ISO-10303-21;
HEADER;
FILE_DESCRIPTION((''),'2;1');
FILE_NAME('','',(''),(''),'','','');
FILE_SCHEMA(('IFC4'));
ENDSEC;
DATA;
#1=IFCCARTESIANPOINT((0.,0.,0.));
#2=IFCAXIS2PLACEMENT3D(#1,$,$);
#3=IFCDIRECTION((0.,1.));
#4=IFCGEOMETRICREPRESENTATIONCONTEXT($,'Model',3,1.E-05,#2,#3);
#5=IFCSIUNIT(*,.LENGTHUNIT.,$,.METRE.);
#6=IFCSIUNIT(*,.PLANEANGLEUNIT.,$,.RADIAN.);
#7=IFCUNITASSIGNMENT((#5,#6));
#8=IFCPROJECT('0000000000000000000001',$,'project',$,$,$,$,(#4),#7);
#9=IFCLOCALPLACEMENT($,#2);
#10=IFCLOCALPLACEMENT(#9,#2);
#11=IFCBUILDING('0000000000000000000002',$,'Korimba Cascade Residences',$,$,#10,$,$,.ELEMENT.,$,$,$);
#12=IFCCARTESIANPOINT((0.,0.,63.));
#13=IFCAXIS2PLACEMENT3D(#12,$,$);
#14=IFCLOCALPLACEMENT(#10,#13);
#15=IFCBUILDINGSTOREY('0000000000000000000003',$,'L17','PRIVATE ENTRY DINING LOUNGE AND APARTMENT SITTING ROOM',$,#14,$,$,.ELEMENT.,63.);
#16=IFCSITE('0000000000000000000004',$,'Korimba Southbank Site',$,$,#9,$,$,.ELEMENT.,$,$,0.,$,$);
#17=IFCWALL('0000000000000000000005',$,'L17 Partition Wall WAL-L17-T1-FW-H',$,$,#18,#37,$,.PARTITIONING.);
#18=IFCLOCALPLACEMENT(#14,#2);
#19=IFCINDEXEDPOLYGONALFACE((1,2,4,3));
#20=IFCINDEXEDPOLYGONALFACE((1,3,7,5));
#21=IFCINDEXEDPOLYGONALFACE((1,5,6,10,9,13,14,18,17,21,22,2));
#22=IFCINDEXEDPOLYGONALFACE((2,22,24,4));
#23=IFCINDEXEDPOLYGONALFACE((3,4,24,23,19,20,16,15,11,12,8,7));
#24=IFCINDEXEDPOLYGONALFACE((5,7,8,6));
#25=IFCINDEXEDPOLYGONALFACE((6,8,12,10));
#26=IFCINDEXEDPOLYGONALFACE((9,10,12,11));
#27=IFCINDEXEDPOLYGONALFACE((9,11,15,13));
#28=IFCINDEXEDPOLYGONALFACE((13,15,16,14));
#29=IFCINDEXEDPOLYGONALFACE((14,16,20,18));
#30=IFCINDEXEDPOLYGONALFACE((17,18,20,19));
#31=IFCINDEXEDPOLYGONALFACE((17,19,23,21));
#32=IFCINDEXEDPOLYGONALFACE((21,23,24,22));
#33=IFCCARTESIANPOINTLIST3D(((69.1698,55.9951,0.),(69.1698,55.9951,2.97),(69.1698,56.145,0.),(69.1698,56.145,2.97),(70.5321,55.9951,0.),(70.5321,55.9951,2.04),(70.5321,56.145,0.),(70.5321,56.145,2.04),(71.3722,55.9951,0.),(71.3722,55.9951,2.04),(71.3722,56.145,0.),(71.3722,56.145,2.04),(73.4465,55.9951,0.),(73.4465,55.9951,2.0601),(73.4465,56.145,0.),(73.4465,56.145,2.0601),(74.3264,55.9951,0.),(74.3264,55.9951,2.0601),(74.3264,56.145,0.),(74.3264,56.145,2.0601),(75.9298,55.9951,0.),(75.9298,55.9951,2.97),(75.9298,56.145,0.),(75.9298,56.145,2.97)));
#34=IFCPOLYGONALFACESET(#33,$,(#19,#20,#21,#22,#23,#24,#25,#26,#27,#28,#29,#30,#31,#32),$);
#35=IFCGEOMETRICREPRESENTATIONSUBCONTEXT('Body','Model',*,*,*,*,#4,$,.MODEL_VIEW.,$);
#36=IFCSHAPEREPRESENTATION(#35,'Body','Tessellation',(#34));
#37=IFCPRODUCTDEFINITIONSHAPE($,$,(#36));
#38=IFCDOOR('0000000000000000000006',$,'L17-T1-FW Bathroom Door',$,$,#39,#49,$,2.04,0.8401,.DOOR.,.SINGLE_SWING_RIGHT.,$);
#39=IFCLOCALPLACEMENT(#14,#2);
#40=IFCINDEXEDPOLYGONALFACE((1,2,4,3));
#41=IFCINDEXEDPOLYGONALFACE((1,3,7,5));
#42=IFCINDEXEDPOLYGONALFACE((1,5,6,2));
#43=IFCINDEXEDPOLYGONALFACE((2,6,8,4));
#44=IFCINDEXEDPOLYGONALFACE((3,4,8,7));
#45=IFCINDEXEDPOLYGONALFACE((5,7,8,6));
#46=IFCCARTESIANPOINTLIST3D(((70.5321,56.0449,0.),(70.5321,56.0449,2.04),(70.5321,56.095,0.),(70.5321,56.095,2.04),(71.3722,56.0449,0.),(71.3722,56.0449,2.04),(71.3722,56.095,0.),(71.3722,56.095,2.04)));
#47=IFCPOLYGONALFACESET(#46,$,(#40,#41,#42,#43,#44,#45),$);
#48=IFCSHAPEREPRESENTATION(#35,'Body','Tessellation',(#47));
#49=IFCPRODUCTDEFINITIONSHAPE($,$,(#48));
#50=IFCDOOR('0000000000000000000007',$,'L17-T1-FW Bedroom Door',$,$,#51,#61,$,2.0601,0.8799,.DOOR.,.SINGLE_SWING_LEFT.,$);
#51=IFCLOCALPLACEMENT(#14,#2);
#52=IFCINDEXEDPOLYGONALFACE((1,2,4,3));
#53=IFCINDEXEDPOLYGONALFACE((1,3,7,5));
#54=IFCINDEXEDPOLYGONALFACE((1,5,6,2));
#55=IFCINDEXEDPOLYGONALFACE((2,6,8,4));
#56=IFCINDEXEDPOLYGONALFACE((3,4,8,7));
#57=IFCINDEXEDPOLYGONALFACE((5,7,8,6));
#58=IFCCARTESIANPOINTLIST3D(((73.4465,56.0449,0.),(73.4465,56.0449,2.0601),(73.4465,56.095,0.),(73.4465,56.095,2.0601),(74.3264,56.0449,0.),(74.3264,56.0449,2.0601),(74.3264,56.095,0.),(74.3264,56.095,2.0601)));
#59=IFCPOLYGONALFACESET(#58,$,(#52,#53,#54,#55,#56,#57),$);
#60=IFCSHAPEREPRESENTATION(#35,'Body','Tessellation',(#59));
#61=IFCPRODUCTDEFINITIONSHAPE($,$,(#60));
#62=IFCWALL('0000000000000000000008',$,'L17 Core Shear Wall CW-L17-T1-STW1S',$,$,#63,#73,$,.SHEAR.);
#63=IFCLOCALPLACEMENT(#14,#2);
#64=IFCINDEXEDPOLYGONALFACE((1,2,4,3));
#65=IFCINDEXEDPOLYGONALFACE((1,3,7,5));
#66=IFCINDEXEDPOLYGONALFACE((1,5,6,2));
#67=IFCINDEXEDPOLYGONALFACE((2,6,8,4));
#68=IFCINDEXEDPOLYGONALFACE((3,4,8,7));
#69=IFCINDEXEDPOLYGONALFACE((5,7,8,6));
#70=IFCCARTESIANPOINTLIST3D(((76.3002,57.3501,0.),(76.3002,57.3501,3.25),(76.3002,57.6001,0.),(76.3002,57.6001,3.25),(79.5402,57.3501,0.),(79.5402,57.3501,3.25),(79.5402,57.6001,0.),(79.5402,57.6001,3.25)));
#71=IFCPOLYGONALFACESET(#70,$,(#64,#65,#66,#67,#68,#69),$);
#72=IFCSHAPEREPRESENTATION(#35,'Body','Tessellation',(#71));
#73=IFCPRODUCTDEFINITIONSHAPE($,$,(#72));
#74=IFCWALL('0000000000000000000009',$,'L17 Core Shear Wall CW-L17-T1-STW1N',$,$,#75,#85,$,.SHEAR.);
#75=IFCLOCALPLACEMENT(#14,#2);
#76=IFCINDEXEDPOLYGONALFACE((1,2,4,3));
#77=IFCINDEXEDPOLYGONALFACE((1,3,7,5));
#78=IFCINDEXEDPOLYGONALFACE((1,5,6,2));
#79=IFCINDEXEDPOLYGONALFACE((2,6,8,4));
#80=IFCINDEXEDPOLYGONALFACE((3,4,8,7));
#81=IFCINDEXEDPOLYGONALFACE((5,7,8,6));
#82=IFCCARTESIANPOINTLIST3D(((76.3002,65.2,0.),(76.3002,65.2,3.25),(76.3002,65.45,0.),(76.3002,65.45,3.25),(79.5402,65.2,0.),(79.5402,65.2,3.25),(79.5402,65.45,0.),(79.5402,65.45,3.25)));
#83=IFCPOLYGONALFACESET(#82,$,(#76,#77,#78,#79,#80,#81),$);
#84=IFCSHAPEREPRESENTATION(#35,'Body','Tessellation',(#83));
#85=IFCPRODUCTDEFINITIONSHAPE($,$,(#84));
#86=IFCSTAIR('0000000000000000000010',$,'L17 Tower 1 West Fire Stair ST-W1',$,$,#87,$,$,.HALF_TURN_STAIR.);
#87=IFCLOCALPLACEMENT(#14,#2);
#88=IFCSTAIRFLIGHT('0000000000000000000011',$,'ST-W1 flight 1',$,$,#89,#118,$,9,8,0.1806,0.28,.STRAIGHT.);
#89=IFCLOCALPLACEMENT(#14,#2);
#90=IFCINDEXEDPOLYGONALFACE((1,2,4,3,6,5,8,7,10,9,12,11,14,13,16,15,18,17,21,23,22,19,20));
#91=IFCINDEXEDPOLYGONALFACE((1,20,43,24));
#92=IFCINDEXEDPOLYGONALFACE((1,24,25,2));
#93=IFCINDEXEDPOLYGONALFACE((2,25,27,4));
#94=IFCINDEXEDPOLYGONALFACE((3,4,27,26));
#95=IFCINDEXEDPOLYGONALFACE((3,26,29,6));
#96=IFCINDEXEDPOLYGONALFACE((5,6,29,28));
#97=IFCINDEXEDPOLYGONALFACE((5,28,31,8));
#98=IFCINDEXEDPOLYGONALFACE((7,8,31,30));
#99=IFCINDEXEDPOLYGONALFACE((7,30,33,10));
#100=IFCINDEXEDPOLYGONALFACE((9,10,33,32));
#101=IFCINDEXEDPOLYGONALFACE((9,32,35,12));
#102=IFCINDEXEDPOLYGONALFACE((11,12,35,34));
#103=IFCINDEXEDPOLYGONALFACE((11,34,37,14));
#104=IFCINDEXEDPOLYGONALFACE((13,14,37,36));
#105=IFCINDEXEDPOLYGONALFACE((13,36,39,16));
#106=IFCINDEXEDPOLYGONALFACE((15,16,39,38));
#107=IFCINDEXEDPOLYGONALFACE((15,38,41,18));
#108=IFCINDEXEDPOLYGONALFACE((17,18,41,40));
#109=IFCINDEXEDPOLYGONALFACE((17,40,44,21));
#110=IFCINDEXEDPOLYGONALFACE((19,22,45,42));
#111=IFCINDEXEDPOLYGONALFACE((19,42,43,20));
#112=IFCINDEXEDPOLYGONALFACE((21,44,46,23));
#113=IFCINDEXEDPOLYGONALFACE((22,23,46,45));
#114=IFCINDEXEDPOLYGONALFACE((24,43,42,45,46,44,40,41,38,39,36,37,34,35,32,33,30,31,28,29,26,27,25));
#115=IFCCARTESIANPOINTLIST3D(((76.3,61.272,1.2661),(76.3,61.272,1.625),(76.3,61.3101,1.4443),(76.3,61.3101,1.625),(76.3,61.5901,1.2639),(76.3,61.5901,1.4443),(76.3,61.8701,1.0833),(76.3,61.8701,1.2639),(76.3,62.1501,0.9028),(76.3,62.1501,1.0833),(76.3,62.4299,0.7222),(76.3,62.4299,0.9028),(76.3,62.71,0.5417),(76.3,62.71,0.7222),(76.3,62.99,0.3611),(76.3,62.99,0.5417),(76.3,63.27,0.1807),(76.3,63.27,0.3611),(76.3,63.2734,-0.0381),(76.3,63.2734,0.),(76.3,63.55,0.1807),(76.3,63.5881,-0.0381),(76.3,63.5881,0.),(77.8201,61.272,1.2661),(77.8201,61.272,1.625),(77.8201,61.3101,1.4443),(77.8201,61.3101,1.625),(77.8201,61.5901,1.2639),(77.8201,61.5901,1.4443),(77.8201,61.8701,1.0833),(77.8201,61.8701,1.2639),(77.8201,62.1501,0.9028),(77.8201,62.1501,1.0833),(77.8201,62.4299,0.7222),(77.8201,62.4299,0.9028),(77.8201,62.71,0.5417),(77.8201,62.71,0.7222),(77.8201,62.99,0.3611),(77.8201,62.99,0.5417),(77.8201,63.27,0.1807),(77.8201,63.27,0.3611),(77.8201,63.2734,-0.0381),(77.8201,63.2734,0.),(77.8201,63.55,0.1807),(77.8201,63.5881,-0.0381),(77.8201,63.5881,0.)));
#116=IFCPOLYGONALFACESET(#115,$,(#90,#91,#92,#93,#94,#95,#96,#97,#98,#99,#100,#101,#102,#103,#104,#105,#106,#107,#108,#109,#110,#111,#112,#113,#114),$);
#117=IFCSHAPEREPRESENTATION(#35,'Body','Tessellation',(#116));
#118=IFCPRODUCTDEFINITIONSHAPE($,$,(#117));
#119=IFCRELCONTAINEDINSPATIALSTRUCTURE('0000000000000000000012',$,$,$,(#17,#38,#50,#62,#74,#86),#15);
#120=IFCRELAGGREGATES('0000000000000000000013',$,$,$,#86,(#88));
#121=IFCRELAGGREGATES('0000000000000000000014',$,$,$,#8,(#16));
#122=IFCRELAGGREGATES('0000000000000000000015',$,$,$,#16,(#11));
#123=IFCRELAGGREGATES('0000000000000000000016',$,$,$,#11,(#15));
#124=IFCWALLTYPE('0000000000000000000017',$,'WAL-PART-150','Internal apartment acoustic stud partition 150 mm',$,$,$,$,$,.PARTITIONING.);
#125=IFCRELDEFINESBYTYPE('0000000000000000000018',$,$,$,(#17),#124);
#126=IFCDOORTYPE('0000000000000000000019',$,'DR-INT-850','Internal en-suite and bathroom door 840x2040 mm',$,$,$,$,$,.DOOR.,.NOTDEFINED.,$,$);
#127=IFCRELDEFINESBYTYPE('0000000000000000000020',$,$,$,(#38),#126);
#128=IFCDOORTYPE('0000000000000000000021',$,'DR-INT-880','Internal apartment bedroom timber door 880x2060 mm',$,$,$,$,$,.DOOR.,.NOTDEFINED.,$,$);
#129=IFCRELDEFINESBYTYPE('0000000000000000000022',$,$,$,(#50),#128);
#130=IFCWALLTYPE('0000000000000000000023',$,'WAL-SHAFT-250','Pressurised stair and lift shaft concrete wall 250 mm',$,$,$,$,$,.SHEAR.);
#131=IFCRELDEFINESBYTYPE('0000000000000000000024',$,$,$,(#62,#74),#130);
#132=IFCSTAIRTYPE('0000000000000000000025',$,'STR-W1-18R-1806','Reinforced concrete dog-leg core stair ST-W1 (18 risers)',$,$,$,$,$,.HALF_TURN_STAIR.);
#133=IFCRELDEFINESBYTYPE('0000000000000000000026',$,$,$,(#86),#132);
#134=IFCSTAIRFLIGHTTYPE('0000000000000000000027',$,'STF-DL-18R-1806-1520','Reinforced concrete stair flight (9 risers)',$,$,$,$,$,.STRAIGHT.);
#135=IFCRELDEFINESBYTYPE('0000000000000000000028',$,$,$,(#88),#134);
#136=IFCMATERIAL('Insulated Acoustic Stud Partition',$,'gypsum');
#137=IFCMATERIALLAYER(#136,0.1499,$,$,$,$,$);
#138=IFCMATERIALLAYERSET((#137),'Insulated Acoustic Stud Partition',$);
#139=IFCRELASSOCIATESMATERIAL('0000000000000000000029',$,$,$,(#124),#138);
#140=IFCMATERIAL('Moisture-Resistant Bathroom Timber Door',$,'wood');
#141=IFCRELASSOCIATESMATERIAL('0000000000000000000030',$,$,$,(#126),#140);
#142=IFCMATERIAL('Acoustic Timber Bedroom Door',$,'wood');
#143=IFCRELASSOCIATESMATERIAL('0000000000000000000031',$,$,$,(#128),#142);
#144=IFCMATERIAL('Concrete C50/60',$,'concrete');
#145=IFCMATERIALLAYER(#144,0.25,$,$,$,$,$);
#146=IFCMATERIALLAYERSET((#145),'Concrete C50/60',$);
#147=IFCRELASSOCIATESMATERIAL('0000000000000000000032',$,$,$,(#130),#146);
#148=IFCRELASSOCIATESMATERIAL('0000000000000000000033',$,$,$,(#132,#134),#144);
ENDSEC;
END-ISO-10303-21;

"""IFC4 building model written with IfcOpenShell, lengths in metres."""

from ifc_helpers import new_model, si_unit, direction, frame, frame_2d, origin, place, context, subcontext, project, spatial, polyline, rectangle, outline, extrude, material, layer, layer_set, type_object, element, fill, aggregate, save


model = new_model("IFC4")

# Units and contexts
model_context = context("Model", 3, precision=1e-05, world=origin(), true_north=direction((0.0, 1.0)))
body_context = subcontext(model_context, "Body", "Model", "MODEL_VIEW")
ifc_project = project(units=[si_unit("LENGTHUNIT", "METRE"), si_unit("PLANEANGLEUNIT", "RADIAN")], contexts=[model_context])

# Site, building, storey
site_placement = place(None, origin())
site = spatial("IfcSite", under=ifc_project, at=site_placement, Name="Korimba Southbank Site", CompositionType="ELEMENT", RefElevation=0.0)
building_placement = place(site_placement, origin())
building = spatial("IfcBuilding", under=site, at=building_placement, Name="Korimba Cascade Residences", CompositionType="ELEMENT")
storey_placement = place(building_placement, frame((0.0, 0.0, 63.0)))
storey = spatial("IfcBuildingStorey", under=building, at=storey_placement, Name="L17", Description="PRIVATE ENTRY DINING LOUNGE AND APARTMENT SITTING ROOM", CompositionType="ELEMENT", Elevation=63.0)

# Shared definitions
ifc_material_1 = material(Name="Concrete C50/60", Category="concrete")

# Shared definitions
ifc_material_2 = material(Name="Insulated Acoustic Stud Partition", Category="gypsum")
ifc_layer_1 = layer(ifc_material_2, 0.1499)
ifc_layer_set_1 = layer_set([ifc_layer_1], Name="Insulated Acoustic Stud Partition")
wall_type_1 = type_object("IfcWallType", Name="WAL-PART-150", Description="Internal apartment acoustic stud partition 150 mm", PredefinedType="PARTITIONING", material=ifc_layer_set_1)

# Wall, openings, doors
wall_1_placement = place(storey_placement, frame((69.1699, 56.0701, 0.0), z_axis=(0.0, 0.0, 1.0), x_axis=(1.0, 0.0, 0.0)))
wall_1 = element("IfcWall", 1, at=wall_1_placement, inside=storey, type_object=wall_type_1, Name="L17 Partition Wall WAL-L17-T1-FW-H", PredefinedType="PARTITIONING", context=body_context, shape_type="SweptSolid", body=[
    extrude(rectangle(XDim=6.76, YDim=0.1499, at=frame_2d((3.3799, 0.0))), origin(), (0.0, 0.0, 1.0), 2.97),
])
opening_1_placement = place(wall_1_placement, frame((1.3623, 0.0, 0.0)))
opening_1 = element("IfcOpeningElement", 2, at=opening_1_placement, cuts=wall_1, PredefinedType="OPENING", context=body_context, shape_type="SweptSolid", body=[
    extrude(rectangle(XDim=0.8401, YDim=2.04, at=frame_2d((0.4199, 1.02))), frame((0.0, 0.085, 0.0), z_axis=(0.0, -1.0, 0.0), x_axis=(1.0, 0.0, 0.0)), (0.0, 0.0, 1.0), 0.1699),
])
opening_2_placement = place(wall_1_placement, frame((4.2766, 0.0, 0.0)))
opening_2 = element("IfcOpeningElement", 3, at=opening_2_placement, cuts=wall_1, PredefinedType="OPENING", context=body_context, shape_type="SweptSolid", body=[
    extrude(rectangle(XDim=0.8799, YDim=2.0601, at=frame_2d((0.4399, 1.03))), frame((0.0, 0.085, 0.0), z_axis=(0.0, -1.0, 0.0), x_axis=(1.0, 0.0, 0.0)), (0.0, 0.0, 1.0), 0.1699),
])
ifc_material_3 = material(Name="Moisture-Resistant Bathroom Timber Door", Category="wood")
door_type_1 = type_object("IfcDoorType", Name="DR-INT-850", Description="Internal en-suite and bathroom door 840x2040 mm", OperationType="NOTDEFINED", PredefinedType="DOOR", material=ifc_material_3)
door_1_placement = place(opening_1_placement, origin())
door_1 = element("IfcDoor", 4, at=door_1_placement, inside=storey, type_object=door_type_1, Name="L17-T1-FW Bathroom Door", OperationType="SINGLE_SWING_RIGHT", OverallHeight=2.04, OverallWidth=0.8401, PredefinedType="DOOR", context=body_context, shape_type="SweptSolid", body=[
    extrude(rectangle(XDim=0.8401, YDim=2.04, at=frame_2d((0.4199, 1.02))), frame((0.0, 0.0249, 0.0), z_axis=(0.0, -1.0, 0.0), x_axis=(1.0, 0.0, 0.0)), (0.0, 0.0, 1.0), 0.05),
])
fill(opening_1, door_1)
ifc_material_4 = material(Name="Acoustic Timber Bedroom Door", Category="wood")
door_type_2 = type_object("IfcDoorType", Name="DR-INT-880", Description="Internal apartment bedroom timber door 880x2060 mm", OperationType="NOTDEFINED", PredefinedType="DOOR", material=ifc_material_4)
door_2_placement = place(opening_2_placement, origin())
door_2 = element("IfcDoor", 5, at=door_2_placement, inside=storey, type_object=door_type_2, Name="L17-T1-FW Bedroom Door", OperationType="SINGLE_SWING_LEFT", OverallHeight=2.0601, OverallWidth=0.8799, PredefinedType="DOOR", context=body_context, shape_type="SweptSolid", body=[
    extrude(rectangle(XDim=0.8799, YDim=2.0601, at=frame_2d((0.4399, 1.03))), frame((0.0, 0.0249, 0.0), z_axis=(0.0, -1.0, 0.0), x_axis=(1.0, 0.0, 0.0)), (0.0, 0.0, 1.0), 0.05),
])
fill(opening_2, door_2)

# Walls
ifc_layer_2 = layer(ifc_material_1, 0.25)
ifc_layer_set_2 = layer_set([ifc_layer_2], Name="Concrete C50/60")
wall_type_2 = type_object("IfcWallType", Name="WAL-SHAFT-250", Description="Pressurised stair and lift shaft concrete wall 250 mm", PredefinedType="SHEAR", material=ifc_layer_set_2)
for number, where, z_axis, x_axis, name in (
    (6, (76.3, 57.4751, 0.0), (0.0, 0.0, 1.0), (1.0, 0.0, 0.0), "L17 Core Shear Wall CW-L17-T1-STW1S"),
    (7, (76.3, 65.325, 0.0), (0.0, 0.0, 1.0), (1.0, 0.0, 0.0), "L17 Core Shear Wall CW-L17-T1-STW1N"),
):
    element("IfcWall", number, at=place(storey_placement, frame(where, z_axis=z_axis, x_axis=x_axis)), inside=storey, type_object=wall_type_2, Name=name, PredefinedType="SHEAR", context=body_context, shape_type="SweptSolid", body=[
        extrude(rectangle(XDim=3.24, YDim=0.25, at=frame_2d((1.6201, 0.0))), origin(), (0.0, 0.0, 1.0), 3.25),
    ])

# Stair, stair flight
stair_type = type_object("IfcStairType", Name="STR-W1-18R-1806", Description="Reinforced concrete dog-leg core stair ST-W1 (18 risers)", PredefinedType="HALF_TURN_STAIR", material=ifc_material_1)
stair_placement = place(storey_placement, origin())
stair = element("IfcStair", 8, at=stair_placement, inside=storey, type_object=stair_type, Name="L17 Tower 1 West Fire Stair ST-W1", PredefinedType="HALF_TURN_STAIR")
stair_flight_type = type_object("IfcStairFlightType", Name="STF-DL-18R-1806-1520", Description="Reinforced concrete stair flight (9 risers)", PredefinedType="STRAIGHT", material=ifc_material_1)
stair_flight_placement = place(storey_placement, frame((77.0601, 63.55, 0.0), z_axis=(0.0, 0.0, 1.0), x_axis=(0.0, -1.0, 0.0)))
stair_flight = element("IfcStairFlight", 9, at=stair_flight_placement, type_object=stair_flight_type, Name="ST-W1 flight 1", NumberOfRisers=9, NumberOfTreads=8, PredefinedType="STRAIGHT", RiserHeight=0.1806, TreadLength=0.28, context=body_context, shape_type="SweptSolid", body=[
    extrude(outline(polyline([(-0.0381, 0.0), (0.0, 0.1807), (0.28, 0.1807), (0.28, 0.3611), (0.5601, 0.3611), (0.5601, 0.5417), (0.8401, 0.5417), (0.8401, 0.7222), (1.1201, 0.7222), (1.1201, 0.9028), (1.3999, 0.9028), (1.3999, 1.0833), (1.6799, 1.0833), (1.6799, 1.2639), (1.96, 1.2639), (1.96, 1.4443), (2.24, 1.4443), (2.24, 1.625), (2.2781, 1.625), (2.2781, 1.2661), (0.2766, 0.0), (0.2766, -0.0381), (-0.0381, -0.0381), (-0.0381, 0.0)])), frame((0.0, 0.76, 0.0), z_axis=(0.0, -1.0, 0.0), x_axis=(1.0, 0.0, 0.0)), (0.0, 0.0, 1.0), 1.52),
])
aggregate(stair, [stair_flight])

save(model, "model.ifc")
